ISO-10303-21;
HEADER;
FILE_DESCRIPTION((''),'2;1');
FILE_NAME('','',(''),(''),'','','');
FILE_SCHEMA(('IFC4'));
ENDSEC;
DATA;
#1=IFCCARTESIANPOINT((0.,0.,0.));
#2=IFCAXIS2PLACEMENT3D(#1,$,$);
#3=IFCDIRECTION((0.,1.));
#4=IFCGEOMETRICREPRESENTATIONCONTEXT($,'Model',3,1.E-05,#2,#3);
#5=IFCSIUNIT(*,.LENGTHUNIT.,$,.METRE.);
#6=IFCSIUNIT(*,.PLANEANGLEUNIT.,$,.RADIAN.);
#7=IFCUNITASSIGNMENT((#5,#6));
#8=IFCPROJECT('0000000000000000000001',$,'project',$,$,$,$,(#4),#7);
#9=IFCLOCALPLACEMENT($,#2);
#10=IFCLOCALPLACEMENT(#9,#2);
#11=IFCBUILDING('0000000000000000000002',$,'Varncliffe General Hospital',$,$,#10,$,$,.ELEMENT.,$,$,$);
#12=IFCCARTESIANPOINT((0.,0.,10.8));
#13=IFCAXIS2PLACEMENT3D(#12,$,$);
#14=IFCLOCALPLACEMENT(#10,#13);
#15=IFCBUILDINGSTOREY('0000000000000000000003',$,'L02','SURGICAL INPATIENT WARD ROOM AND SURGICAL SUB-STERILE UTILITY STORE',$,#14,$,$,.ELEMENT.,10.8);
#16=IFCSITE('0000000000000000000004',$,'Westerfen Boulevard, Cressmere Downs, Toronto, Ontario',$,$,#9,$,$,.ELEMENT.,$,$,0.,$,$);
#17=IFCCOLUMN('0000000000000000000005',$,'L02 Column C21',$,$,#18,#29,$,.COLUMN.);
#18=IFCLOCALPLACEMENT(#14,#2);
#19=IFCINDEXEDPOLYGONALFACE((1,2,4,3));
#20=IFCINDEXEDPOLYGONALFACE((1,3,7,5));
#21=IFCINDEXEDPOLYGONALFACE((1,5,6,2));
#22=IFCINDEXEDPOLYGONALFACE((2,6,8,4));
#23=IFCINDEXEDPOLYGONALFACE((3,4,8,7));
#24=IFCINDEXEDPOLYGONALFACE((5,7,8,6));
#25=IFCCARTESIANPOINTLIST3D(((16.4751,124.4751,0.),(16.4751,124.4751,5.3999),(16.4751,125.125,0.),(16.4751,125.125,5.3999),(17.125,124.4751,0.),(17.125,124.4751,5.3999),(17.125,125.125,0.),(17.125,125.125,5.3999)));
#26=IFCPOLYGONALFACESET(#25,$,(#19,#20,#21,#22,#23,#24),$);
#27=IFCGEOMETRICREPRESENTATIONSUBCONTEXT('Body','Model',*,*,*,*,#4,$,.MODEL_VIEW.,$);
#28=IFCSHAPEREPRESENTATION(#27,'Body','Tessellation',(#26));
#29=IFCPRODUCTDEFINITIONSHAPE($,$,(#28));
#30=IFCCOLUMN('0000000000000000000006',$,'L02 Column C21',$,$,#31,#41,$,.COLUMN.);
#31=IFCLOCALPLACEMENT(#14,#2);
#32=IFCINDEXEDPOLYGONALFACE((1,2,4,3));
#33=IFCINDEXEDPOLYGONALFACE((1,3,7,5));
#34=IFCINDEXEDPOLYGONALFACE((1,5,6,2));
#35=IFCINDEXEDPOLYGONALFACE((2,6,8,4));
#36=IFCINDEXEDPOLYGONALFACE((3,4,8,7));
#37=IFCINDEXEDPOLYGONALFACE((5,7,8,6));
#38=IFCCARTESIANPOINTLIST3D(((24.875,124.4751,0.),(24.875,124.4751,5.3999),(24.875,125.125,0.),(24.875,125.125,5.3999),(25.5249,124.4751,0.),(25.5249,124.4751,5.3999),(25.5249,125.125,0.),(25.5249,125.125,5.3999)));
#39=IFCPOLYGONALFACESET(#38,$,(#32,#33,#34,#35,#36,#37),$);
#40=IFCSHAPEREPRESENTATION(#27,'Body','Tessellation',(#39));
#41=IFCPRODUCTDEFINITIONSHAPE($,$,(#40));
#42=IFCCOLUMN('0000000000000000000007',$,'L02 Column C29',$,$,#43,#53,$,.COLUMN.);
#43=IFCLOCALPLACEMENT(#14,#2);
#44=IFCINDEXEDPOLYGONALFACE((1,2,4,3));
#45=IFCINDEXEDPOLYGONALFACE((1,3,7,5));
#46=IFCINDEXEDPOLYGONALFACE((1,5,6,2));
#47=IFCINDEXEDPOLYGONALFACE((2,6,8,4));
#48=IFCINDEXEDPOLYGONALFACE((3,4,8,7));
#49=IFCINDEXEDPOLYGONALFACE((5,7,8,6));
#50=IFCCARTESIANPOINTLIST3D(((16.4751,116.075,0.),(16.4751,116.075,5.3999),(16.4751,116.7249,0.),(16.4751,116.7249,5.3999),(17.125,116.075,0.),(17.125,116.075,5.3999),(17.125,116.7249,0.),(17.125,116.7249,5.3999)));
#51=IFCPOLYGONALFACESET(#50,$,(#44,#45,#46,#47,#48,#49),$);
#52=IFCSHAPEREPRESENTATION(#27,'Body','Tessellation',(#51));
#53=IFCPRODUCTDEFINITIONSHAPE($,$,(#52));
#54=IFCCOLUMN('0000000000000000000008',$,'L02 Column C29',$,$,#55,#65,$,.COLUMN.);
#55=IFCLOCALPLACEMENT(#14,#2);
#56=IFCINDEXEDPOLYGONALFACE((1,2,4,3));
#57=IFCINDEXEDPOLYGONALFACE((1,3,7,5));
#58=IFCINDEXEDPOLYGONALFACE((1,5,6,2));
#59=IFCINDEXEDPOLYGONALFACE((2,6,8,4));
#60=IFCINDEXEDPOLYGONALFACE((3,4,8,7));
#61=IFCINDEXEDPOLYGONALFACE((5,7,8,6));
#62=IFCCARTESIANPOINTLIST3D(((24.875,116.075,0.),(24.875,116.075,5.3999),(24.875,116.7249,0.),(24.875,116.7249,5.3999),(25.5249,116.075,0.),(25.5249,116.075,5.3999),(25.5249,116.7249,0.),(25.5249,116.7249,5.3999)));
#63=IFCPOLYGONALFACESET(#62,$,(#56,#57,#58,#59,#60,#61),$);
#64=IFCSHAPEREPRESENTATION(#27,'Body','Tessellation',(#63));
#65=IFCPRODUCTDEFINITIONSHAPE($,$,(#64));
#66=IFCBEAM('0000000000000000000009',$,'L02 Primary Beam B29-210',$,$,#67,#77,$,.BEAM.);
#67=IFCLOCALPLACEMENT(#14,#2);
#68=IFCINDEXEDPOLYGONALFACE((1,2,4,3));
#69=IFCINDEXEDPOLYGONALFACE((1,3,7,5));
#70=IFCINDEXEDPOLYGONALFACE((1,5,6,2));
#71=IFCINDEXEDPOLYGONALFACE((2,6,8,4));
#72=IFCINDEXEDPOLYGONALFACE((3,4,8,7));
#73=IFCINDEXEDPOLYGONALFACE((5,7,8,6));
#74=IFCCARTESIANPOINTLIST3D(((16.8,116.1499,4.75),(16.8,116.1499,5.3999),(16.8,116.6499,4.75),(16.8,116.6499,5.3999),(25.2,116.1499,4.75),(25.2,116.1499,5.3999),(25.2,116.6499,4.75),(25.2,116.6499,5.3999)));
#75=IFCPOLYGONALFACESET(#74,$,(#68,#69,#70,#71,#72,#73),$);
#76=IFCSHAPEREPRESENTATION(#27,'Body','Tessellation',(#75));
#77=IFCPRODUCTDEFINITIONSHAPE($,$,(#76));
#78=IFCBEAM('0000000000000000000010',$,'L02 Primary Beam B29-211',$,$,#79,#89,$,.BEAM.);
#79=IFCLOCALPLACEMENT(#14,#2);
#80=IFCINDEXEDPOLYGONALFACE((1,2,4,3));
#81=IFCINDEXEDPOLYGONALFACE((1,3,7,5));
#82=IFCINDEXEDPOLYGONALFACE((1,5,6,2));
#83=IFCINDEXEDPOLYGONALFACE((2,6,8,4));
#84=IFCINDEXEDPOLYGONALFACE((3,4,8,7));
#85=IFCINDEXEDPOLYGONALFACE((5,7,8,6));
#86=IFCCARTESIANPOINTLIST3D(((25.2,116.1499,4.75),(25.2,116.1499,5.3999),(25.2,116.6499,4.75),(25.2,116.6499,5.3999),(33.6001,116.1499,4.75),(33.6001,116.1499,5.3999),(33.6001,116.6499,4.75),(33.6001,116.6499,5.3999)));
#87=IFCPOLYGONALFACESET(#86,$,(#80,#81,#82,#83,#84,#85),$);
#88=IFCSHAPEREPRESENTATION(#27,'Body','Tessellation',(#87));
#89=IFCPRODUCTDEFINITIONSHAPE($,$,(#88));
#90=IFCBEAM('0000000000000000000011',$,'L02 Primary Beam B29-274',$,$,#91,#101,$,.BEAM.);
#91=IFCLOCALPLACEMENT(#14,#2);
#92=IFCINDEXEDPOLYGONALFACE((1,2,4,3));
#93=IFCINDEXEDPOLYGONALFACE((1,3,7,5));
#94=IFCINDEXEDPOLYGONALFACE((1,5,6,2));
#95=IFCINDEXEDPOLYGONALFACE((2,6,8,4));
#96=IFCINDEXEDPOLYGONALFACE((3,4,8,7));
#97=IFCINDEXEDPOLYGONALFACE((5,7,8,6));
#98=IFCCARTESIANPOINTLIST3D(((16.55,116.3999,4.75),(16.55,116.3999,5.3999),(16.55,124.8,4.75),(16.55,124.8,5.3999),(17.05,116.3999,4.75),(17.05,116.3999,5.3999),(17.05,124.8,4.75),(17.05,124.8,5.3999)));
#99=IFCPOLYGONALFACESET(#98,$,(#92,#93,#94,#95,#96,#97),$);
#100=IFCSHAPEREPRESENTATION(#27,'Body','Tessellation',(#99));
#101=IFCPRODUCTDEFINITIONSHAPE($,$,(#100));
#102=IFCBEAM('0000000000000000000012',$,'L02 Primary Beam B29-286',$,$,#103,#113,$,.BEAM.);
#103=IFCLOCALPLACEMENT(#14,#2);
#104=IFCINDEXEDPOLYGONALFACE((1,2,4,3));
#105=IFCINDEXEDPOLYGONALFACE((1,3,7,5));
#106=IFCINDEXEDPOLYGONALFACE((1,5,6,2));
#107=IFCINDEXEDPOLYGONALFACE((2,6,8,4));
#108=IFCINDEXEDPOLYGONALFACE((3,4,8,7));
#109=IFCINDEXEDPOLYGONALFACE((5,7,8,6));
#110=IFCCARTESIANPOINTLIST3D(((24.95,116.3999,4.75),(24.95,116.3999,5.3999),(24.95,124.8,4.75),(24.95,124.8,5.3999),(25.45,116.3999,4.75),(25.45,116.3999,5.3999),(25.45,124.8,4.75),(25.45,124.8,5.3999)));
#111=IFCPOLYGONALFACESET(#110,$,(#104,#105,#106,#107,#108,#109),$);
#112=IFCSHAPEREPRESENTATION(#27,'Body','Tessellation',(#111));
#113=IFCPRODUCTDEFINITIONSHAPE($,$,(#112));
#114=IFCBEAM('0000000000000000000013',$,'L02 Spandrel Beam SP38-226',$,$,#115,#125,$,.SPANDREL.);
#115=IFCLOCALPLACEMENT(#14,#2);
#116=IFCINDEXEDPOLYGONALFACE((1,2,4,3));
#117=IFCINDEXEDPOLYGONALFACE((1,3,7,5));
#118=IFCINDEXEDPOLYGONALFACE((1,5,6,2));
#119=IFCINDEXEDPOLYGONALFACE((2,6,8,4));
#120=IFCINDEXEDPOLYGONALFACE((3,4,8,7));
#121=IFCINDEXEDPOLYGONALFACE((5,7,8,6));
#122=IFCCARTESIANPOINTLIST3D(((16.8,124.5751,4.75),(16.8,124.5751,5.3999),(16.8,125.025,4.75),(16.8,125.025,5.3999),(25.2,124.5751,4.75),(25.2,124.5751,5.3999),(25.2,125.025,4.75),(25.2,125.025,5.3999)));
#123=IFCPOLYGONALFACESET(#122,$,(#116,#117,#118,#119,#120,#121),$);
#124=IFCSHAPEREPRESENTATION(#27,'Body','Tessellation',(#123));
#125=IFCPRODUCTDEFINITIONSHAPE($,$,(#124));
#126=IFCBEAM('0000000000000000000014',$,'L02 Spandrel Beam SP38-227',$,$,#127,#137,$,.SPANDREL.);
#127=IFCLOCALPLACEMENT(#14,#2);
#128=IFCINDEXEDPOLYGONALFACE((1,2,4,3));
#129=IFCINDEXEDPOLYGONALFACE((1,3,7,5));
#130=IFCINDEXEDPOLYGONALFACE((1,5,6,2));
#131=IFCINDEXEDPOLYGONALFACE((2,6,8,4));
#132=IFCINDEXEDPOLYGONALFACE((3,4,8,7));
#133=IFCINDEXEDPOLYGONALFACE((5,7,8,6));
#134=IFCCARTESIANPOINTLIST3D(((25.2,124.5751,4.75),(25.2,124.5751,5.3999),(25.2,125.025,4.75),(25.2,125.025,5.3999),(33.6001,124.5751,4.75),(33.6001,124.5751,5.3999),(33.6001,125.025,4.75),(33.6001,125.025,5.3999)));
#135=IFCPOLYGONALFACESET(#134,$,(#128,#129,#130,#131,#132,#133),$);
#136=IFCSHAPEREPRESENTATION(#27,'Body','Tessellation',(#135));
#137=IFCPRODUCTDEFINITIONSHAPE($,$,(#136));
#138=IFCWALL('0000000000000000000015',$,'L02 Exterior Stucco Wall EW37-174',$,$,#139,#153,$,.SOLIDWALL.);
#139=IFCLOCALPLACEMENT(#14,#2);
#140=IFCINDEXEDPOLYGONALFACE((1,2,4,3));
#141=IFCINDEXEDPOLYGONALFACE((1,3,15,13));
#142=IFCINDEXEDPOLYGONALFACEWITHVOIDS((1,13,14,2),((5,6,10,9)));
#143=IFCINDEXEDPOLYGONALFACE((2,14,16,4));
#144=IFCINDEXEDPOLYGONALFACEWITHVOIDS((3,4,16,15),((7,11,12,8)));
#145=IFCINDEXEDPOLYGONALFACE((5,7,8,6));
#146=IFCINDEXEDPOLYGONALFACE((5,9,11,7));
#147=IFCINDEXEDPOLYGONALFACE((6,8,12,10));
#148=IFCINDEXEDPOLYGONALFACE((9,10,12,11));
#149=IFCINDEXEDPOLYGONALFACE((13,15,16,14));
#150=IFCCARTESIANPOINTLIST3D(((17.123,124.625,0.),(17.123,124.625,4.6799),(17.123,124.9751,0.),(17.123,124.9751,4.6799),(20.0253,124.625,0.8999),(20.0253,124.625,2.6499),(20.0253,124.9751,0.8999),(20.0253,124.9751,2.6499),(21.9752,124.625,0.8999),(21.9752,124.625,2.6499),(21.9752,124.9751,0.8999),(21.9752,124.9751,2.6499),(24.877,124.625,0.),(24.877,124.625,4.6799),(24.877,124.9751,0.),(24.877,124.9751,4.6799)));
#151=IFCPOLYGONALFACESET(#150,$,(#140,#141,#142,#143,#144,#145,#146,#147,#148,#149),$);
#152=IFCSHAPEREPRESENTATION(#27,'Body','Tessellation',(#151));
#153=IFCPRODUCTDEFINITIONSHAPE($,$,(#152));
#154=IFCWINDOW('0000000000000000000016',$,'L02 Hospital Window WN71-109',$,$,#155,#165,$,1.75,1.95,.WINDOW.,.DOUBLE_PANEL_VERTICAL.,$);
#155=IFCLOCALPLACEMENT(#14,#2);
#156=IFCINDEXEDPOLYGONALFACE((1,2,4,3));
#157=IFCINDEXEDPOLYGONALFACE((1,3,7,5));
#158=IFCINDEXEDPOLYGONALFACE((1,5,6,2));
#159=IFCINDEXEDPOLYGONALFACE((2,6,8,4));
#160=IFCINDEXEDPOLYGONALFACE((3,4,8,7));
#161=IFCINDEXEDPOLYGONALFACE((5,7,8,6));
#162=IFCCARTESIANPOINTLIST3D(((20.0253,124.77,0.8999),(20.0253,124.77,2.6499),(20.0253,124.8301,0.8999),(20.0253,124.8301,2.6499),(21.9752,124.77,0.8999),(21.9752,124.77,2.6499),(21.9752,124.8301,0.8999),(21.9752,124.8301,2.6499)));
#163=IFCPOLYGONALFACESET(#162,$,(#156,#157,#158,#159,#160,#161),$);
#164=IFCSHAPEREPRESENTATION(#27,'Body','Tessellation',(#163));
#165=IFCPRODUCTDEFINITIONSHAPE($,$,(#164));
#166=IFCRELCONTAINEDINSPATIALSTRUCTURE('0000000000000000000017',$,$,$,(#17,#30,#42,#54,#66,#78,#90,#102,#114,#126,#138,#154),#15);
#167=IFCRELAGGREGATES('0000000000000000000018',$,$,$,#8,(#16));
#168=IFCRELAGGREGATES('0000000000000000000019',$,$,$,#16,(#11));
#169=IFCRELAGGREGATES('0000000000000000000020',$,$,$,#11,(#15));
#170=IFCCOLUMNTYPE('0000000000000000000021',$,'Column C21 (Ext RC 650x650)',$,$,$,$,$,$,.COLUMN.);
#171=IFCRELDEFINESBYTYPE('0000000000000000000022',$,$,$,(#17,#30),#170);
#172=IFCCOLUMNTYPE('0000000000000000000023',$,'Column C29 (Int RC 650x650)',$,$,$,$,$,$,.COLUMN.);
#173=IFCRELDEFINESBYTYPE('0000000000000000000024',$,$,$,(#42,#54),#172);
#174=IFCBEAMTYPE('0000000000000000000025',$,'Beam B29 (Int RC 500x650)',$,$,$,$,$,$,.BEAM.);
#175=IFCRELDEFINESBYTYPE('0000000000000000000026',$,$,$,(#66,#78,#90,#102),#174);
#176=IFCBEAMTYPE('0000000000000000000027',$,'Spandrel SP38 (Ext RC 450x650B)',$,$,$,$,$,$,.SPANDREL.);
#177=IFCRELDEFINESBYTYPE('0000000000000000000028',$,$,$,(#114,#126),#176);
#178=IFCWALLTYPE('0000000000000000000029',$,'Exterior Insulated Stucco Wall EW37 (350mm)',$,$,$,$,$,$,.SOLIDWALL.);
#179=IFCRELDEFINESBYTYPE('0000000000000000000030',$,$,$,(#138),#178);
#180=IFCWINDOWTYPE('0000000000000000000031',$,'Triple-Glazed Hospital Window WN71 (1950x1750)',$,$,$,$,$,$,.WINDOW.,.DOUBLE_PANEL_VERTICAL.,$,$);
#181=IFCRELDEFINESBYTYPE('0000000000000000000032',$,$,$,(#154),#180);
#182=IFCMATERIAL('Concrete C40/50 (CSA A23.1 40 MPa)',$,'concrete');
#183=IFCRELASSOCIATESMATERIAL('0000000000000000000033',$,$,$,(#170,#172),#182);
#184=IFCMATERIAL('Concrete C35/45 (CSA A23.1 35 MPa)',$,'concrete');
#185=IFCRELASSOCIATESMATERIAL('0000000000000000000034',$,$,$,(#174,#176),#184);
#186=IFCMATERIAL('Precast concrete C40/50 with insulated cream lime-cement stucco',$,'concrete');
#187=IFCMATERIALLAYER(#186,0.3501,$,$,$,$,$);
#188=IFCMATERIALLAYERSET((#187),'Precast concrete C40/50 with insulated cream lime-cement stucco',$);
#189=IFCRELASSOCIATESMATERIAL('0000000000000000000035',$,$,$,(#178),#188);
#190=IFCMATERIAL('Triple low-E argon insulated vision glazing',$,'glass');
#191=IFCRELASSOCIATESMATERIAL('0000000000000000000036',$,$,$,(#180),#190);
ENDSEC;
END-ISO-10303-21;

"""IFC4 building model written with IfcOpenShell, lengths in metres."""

from ifc_helpers import new_model, si_unit, direction, frame, frame_2d, origin, origin_2d, place, context, subcontext, project, spatial, rectangle, extrude, material, layer, layer_set, material_profile, profile_set, type_object, element, fill, save


model = new_model("IFC4")

# Units and contexts
model_context = context("Model", 3, precision=1e-05, world=origin(), true_north=direction((0.0, 1.0)))
body_context = subcontext(model_context, "Body", "Model", "MODEL_VIEW")
ifc_project = project(units=[si_unit("LENGTHUNIT", "METRE"), si_unit("PLANEANGLEUNIT", "RADIAN")], contexts=[model_context])

# Site, building, storey
site_placement = place(None, origin())
site = spatial("IfcSite", under=ifc_project, at=site_placement, Name="Westerfen Boulevard, Cressmere Downs, Toronto, Ontario", CompositionType="ELEMENT", RefElevation=0.0)
building_placement = place(site_placement, origin())
building = spatial("IfcBuilding", under=site, at=building_placement, Name="Varncliffe General Hospital", CompositionType="ELEMENT")
storey_placement = place(building_placement, frame((0.0, 0.0, 10.8)))
storey = spatial("IfcBuildingStorey", under=building, at=storey_placement, Name="L02", Description="SURGICAL INPATIENT WARD ROOM AND SURGICAL SUB-STERILE UTILITY STORE", CompositionType="ELEMENT", Elevation=10.8)

# Columns
ifc_material_1 = material(Name="Concrete C40/50 (CSA A23.1 40 MPa)", Category="concrete")
ifc_material_profile_1 = material_profile(ifc_material_1, rectangle(XDim=0.6499, YDim=0.6499, at=origin_2d()), Name="RC 650x650")
ifc_profile_set_1 = profile_set([ifc_material_profile_1], Name="Concrete C40/50 (CSA A23.1 40 MPa)")
column_type_1 = type_object("IfcColumnType", Name="Column C21 (Ext RC 650x650)", PredefinedType="COLUMN", material=ifc_profile_set_1)
for number, where, z_axis, x_axis, name in (
    (1, (16.8, 124.8, 0.0), (0.0, 0.0, 1.0), (1.0, 0.0, 0.0), "L02 Column C21"),
    (2, (25.2, 124.8, 0.0), (0.0, 0.0, 1.0), (1.0, 0.0, 0.0), "L02 Column C21"),
):
    element("IfcColumn", number, at=place(storey_placement, frame(where, z_axis=z_axis, x_axis=x_axis)), inside=storey, type_object=column_type_1, Name=name, PredefinedType="COLUMN", context=body_context, shape_type="SweptSolid", body=[
        extrude(rectangle(XDim=0.6499, YDim=0.6499, at=origin_2d()), origin(), (0.0, 0.0, 1.0), 5.3999),
    ])
ifc_material_profile_2 = material_profile(ifc_material_1, rectangle(XDim=0.6499, YDim=0.6499, at=origin_2d()), Name="RC 650x650")
ifc_profile_set_2 = profile_set([ifc_material_profile_2], Name="Concrete C40/50 (CSA A23.1 40 MPa)")
column_type_2 = type_object("IfcColumnType", Name="Column C29 (Int RC 650x650)", PredefinedType="COLUMN", material=ifc_profile_set_2)
for number, where, z_axis, x_axis, name in (
    (3, (16.8, 116.3999, 0.0), (0.0, 0.0, 1.0), (1.0, 0.0, 0.0), "L02 Column C29"),
    (4, (25.2, 116.3999, 0.0), (0.0, 0.0, 1.0), (1.0, 0.0, 0.0), "L02 Column C29"),
):
    element("IfcColumn", number, at=place(storey_placement, frame(where, z_axis=z_axis, x_axis=x_axis)), inside=storey, type_object=column_type_2, Name=name, PredefinedType="COLUMN", context=body_context, shape_type="SweptSolid", body=[
        extrude(rectangle(XDim=0.6499, YDim=0.6499, at=origin_2d()), origin(), (0.0, 0.0, 1.0), 5.3999),
    ])

# Beams
ifc_material_2 = material(Name="Concrete C35/45 (CSA A23.1 35 MPa)", Category="concrete")
ifc_material_profile_3 = material_profile(ifc_material_2, rectangle(XDim=0.5, YDim=0.6499, at=origin_2d()), Name="RC 500x650")
ifc_profile_set_3 = profile_set([ifc_material_profile_3], Name="Concrete C35/45 (CSA A23.1 35 MPa)")
beam_type_1 = type_object("IfcBeamType", Name="Beam B29 (Int RC 500x650)", PredefinedType="BEAM", material=ifc_profile_set_3)
beam_1_placement = place(storey_placement, frame((16.8, 116.3999, 5.075), z_axis=(1.0, 0.0, 0.0), x_axis=(0.0, 1.0, 0.0)))
element("IfcBeam", 5, at=beam_1_placement, inside=storey, type_object=beam_type_1, Name="L02 Primary Beam B29-210", PredefinedType="BEAM", context=body_context, shape_type="SweptSolid", body=[
    extrude(rectangle(XDim=0.5, YDim=0.6499, at=origin_2d()), origin(), (0.0, 0.0, 1.0), 8.3999),
])
for number, where, z_axis, x_axis, name in (
    (6, (25.2, 116.3999, 5.075), (1.0, 0.0, 0.0), (0.0, 1.0, 0.0), "L02 Primary Beam B29-211"),
    (7, (16.8, 116.3999, 5.075), (0.0, 1.0, 0.0), (-1.0, 0.0, 0.0), "L02 Primary Beam B29-274"),
    (8, (25.2, 116.3999, 5.075), (0.0, 1.0, 0.0), (-1.0, 0.0, 0.0), "L02 Primary Beam B29-286"),
):
    element("IfcBeam", number, at=place(storey_placement, frame(where, z_axis=z_axis, x_axis=x_axis)), inside=storey, type_object=beam_type_1, Name=name, PredefinedType="BEAM", context=body_context, shape_type="SweptSolid", body=[
        extrude(rectangle(XDim=0.5, YDim=0.6499, at=origin_2d()), origin(), (0.0, 0.0, 1.0), 8.4001),
    ])
ifc_material_profile_4 = material_profile(ifc_material_2, rectangle(XDim=0.45, YDim=0.6499, at=origin_2d()), Name="RC 450x650")
ifc_profile_set_4 = profile_set([ifc_material_profile_4], Name="Concrete C35/45 (CSA A23.1 35 MPa)")
beam_type_2 = type_object("IfcBeamType", Name="Spandrel SP38 (Ext RC 450x650B)", PredefinedType="SPANDREL", material=ifc_profile_set_4)
beam_2_placement = place(storey_placement, frame((16.8, 124.8, 5.075), z_axis=(1.0, 0.0, 0.0), x_axis=(0.0, 1.0, 0.0)))
element("IfcBeam", 9, at=beam_2_placement, inside=storey, type_object=beam_type_2, Name="L02 Spandrel Beam SP38-226", PredefinedType="SPANDREL", context=body_context, shape_type="SweptSolid", body=[
    extrude(rectangle(XDim=0.45, YDim=0.6499, at=origin_2d()), origin(), (0.0, 0.0, 1.0), 8.3999),
])
beam_3_placement = place(storey_placement, frame((25.2, 124.8, 5.075), z_axis=(1.0, 0.0, 0.0), x_axis=(0.0, 1.0, 0.0)))
element("IfcBeam", 10, at=beam_3_placement, inside=storey, type_object=beam_type_2, Name="L02 Spandrel Beam SP38-227", PredefinedType="SPANDREL", context=body_context, shape_type="SweptSolid", body=[
    extrude(rectangle(XDim=0.45, YDim=0.6499, at=origin_2d()), origin(), (0.0, 0.0, 1.0), 8.4001),
])

# Wall, opening, window
ifc_material_3 = material(Name="Precast concrete C40/50 with insulated cream lime-cement stucco", Category="concrete")
ifc_layer_1 = layer(ifc_material_3, 0.3501)
ifc_layer_set_1 = layer_set([ifc_layer_1], Name="Precast concrete C40/50 with insulated cream lime-cement stucco")
wall_type_1 = type_object("IfcWallType", Name="Exterior Insulated Stucco Wall EW37 (350mm)", PredefinedType="SOLIDWALL", material=ifc_layer_set_1)
wall_1_placement = place(storey_placement, frame((17.123, 124.8, 0.0), z_axis=(0.0, 0.0, 1.0), x_axis=(1.0, 0.0, 0.0)))
wall_1 = element("IfcWall", 11, at=wall_1_placement, inside=storey, type_object=wall_type_1, Name="L02 Exterior Stucco Wall EW37-174", PredefinedType="SOLIDWALL", context=body_context, shape_type="SweptSolid", body=[
    extrude(rectangle(XDim=7.7539, YDim=0.3501, at=frame_2d((3.877, 0.0))), origin(), (0.0, 0.0, 1.0), 4.6799),
])
opening_1_placement = place(wall_1_placement, frame((2.9021, 0.0, 0.8999)))
opening_1 = element("IfcOpeningElement", 12, at=opening_1_placement, cuts=wall_1, PredefinedType="OPENING", context=body_context, shape_type="SweptSolid", body=[
    extrude(rectangle(XDim=1.95, YDim=1.75, at=frame_2d((0.9751, 0.875))), frame((0.0, 0.1851, 0.0), z_axis=(0.0, -1.0, 0.0), x_axis=(1.0, 0.0, 0.0)), (0.0, 0.0, 1.0), 0.3701),
])
ifc_material_4 = material(Name="Triple low-E argon insulated vision glazing", Category="glass")
window_type_1 = type_object("IfcWindowType", Name="Triple-Glazed Hospital Window WN71 (1950x1750)", PartitioningType="DOUBLE_PANEL_VERTICAL", PredefinedType="WINDOW", material=ifc_material_4)
window_1_placement = place(opening_1_placement, origin())
window_1 = element("IfcWindow", 13, at=window_1_placement, inside=storey, type_object=window_type_1, Name="L02 Hospital Window WN71-109", OverallHeight=1.75, OverallWidth=1.95, PartitioningType="DOUBLE_PANEL_VERTICAL", PredefinedType="WINDOW", context=body_context, shape_type="SweptSolid", body=[
    extrude(rectangle(XDim=1.95, YDim=1.75, at=frame_2d((0.9751, 0.875))), frame((0.0, 0.03, 0.0), z_axis=(0.0, -1.0, 0.0), x_axis=(1.0, 0.0, 0.0)), (0.0, 0.0, 1.0), 0.0601),
])
fill(opening_1, window_1)

save(model, "model.ifc")
